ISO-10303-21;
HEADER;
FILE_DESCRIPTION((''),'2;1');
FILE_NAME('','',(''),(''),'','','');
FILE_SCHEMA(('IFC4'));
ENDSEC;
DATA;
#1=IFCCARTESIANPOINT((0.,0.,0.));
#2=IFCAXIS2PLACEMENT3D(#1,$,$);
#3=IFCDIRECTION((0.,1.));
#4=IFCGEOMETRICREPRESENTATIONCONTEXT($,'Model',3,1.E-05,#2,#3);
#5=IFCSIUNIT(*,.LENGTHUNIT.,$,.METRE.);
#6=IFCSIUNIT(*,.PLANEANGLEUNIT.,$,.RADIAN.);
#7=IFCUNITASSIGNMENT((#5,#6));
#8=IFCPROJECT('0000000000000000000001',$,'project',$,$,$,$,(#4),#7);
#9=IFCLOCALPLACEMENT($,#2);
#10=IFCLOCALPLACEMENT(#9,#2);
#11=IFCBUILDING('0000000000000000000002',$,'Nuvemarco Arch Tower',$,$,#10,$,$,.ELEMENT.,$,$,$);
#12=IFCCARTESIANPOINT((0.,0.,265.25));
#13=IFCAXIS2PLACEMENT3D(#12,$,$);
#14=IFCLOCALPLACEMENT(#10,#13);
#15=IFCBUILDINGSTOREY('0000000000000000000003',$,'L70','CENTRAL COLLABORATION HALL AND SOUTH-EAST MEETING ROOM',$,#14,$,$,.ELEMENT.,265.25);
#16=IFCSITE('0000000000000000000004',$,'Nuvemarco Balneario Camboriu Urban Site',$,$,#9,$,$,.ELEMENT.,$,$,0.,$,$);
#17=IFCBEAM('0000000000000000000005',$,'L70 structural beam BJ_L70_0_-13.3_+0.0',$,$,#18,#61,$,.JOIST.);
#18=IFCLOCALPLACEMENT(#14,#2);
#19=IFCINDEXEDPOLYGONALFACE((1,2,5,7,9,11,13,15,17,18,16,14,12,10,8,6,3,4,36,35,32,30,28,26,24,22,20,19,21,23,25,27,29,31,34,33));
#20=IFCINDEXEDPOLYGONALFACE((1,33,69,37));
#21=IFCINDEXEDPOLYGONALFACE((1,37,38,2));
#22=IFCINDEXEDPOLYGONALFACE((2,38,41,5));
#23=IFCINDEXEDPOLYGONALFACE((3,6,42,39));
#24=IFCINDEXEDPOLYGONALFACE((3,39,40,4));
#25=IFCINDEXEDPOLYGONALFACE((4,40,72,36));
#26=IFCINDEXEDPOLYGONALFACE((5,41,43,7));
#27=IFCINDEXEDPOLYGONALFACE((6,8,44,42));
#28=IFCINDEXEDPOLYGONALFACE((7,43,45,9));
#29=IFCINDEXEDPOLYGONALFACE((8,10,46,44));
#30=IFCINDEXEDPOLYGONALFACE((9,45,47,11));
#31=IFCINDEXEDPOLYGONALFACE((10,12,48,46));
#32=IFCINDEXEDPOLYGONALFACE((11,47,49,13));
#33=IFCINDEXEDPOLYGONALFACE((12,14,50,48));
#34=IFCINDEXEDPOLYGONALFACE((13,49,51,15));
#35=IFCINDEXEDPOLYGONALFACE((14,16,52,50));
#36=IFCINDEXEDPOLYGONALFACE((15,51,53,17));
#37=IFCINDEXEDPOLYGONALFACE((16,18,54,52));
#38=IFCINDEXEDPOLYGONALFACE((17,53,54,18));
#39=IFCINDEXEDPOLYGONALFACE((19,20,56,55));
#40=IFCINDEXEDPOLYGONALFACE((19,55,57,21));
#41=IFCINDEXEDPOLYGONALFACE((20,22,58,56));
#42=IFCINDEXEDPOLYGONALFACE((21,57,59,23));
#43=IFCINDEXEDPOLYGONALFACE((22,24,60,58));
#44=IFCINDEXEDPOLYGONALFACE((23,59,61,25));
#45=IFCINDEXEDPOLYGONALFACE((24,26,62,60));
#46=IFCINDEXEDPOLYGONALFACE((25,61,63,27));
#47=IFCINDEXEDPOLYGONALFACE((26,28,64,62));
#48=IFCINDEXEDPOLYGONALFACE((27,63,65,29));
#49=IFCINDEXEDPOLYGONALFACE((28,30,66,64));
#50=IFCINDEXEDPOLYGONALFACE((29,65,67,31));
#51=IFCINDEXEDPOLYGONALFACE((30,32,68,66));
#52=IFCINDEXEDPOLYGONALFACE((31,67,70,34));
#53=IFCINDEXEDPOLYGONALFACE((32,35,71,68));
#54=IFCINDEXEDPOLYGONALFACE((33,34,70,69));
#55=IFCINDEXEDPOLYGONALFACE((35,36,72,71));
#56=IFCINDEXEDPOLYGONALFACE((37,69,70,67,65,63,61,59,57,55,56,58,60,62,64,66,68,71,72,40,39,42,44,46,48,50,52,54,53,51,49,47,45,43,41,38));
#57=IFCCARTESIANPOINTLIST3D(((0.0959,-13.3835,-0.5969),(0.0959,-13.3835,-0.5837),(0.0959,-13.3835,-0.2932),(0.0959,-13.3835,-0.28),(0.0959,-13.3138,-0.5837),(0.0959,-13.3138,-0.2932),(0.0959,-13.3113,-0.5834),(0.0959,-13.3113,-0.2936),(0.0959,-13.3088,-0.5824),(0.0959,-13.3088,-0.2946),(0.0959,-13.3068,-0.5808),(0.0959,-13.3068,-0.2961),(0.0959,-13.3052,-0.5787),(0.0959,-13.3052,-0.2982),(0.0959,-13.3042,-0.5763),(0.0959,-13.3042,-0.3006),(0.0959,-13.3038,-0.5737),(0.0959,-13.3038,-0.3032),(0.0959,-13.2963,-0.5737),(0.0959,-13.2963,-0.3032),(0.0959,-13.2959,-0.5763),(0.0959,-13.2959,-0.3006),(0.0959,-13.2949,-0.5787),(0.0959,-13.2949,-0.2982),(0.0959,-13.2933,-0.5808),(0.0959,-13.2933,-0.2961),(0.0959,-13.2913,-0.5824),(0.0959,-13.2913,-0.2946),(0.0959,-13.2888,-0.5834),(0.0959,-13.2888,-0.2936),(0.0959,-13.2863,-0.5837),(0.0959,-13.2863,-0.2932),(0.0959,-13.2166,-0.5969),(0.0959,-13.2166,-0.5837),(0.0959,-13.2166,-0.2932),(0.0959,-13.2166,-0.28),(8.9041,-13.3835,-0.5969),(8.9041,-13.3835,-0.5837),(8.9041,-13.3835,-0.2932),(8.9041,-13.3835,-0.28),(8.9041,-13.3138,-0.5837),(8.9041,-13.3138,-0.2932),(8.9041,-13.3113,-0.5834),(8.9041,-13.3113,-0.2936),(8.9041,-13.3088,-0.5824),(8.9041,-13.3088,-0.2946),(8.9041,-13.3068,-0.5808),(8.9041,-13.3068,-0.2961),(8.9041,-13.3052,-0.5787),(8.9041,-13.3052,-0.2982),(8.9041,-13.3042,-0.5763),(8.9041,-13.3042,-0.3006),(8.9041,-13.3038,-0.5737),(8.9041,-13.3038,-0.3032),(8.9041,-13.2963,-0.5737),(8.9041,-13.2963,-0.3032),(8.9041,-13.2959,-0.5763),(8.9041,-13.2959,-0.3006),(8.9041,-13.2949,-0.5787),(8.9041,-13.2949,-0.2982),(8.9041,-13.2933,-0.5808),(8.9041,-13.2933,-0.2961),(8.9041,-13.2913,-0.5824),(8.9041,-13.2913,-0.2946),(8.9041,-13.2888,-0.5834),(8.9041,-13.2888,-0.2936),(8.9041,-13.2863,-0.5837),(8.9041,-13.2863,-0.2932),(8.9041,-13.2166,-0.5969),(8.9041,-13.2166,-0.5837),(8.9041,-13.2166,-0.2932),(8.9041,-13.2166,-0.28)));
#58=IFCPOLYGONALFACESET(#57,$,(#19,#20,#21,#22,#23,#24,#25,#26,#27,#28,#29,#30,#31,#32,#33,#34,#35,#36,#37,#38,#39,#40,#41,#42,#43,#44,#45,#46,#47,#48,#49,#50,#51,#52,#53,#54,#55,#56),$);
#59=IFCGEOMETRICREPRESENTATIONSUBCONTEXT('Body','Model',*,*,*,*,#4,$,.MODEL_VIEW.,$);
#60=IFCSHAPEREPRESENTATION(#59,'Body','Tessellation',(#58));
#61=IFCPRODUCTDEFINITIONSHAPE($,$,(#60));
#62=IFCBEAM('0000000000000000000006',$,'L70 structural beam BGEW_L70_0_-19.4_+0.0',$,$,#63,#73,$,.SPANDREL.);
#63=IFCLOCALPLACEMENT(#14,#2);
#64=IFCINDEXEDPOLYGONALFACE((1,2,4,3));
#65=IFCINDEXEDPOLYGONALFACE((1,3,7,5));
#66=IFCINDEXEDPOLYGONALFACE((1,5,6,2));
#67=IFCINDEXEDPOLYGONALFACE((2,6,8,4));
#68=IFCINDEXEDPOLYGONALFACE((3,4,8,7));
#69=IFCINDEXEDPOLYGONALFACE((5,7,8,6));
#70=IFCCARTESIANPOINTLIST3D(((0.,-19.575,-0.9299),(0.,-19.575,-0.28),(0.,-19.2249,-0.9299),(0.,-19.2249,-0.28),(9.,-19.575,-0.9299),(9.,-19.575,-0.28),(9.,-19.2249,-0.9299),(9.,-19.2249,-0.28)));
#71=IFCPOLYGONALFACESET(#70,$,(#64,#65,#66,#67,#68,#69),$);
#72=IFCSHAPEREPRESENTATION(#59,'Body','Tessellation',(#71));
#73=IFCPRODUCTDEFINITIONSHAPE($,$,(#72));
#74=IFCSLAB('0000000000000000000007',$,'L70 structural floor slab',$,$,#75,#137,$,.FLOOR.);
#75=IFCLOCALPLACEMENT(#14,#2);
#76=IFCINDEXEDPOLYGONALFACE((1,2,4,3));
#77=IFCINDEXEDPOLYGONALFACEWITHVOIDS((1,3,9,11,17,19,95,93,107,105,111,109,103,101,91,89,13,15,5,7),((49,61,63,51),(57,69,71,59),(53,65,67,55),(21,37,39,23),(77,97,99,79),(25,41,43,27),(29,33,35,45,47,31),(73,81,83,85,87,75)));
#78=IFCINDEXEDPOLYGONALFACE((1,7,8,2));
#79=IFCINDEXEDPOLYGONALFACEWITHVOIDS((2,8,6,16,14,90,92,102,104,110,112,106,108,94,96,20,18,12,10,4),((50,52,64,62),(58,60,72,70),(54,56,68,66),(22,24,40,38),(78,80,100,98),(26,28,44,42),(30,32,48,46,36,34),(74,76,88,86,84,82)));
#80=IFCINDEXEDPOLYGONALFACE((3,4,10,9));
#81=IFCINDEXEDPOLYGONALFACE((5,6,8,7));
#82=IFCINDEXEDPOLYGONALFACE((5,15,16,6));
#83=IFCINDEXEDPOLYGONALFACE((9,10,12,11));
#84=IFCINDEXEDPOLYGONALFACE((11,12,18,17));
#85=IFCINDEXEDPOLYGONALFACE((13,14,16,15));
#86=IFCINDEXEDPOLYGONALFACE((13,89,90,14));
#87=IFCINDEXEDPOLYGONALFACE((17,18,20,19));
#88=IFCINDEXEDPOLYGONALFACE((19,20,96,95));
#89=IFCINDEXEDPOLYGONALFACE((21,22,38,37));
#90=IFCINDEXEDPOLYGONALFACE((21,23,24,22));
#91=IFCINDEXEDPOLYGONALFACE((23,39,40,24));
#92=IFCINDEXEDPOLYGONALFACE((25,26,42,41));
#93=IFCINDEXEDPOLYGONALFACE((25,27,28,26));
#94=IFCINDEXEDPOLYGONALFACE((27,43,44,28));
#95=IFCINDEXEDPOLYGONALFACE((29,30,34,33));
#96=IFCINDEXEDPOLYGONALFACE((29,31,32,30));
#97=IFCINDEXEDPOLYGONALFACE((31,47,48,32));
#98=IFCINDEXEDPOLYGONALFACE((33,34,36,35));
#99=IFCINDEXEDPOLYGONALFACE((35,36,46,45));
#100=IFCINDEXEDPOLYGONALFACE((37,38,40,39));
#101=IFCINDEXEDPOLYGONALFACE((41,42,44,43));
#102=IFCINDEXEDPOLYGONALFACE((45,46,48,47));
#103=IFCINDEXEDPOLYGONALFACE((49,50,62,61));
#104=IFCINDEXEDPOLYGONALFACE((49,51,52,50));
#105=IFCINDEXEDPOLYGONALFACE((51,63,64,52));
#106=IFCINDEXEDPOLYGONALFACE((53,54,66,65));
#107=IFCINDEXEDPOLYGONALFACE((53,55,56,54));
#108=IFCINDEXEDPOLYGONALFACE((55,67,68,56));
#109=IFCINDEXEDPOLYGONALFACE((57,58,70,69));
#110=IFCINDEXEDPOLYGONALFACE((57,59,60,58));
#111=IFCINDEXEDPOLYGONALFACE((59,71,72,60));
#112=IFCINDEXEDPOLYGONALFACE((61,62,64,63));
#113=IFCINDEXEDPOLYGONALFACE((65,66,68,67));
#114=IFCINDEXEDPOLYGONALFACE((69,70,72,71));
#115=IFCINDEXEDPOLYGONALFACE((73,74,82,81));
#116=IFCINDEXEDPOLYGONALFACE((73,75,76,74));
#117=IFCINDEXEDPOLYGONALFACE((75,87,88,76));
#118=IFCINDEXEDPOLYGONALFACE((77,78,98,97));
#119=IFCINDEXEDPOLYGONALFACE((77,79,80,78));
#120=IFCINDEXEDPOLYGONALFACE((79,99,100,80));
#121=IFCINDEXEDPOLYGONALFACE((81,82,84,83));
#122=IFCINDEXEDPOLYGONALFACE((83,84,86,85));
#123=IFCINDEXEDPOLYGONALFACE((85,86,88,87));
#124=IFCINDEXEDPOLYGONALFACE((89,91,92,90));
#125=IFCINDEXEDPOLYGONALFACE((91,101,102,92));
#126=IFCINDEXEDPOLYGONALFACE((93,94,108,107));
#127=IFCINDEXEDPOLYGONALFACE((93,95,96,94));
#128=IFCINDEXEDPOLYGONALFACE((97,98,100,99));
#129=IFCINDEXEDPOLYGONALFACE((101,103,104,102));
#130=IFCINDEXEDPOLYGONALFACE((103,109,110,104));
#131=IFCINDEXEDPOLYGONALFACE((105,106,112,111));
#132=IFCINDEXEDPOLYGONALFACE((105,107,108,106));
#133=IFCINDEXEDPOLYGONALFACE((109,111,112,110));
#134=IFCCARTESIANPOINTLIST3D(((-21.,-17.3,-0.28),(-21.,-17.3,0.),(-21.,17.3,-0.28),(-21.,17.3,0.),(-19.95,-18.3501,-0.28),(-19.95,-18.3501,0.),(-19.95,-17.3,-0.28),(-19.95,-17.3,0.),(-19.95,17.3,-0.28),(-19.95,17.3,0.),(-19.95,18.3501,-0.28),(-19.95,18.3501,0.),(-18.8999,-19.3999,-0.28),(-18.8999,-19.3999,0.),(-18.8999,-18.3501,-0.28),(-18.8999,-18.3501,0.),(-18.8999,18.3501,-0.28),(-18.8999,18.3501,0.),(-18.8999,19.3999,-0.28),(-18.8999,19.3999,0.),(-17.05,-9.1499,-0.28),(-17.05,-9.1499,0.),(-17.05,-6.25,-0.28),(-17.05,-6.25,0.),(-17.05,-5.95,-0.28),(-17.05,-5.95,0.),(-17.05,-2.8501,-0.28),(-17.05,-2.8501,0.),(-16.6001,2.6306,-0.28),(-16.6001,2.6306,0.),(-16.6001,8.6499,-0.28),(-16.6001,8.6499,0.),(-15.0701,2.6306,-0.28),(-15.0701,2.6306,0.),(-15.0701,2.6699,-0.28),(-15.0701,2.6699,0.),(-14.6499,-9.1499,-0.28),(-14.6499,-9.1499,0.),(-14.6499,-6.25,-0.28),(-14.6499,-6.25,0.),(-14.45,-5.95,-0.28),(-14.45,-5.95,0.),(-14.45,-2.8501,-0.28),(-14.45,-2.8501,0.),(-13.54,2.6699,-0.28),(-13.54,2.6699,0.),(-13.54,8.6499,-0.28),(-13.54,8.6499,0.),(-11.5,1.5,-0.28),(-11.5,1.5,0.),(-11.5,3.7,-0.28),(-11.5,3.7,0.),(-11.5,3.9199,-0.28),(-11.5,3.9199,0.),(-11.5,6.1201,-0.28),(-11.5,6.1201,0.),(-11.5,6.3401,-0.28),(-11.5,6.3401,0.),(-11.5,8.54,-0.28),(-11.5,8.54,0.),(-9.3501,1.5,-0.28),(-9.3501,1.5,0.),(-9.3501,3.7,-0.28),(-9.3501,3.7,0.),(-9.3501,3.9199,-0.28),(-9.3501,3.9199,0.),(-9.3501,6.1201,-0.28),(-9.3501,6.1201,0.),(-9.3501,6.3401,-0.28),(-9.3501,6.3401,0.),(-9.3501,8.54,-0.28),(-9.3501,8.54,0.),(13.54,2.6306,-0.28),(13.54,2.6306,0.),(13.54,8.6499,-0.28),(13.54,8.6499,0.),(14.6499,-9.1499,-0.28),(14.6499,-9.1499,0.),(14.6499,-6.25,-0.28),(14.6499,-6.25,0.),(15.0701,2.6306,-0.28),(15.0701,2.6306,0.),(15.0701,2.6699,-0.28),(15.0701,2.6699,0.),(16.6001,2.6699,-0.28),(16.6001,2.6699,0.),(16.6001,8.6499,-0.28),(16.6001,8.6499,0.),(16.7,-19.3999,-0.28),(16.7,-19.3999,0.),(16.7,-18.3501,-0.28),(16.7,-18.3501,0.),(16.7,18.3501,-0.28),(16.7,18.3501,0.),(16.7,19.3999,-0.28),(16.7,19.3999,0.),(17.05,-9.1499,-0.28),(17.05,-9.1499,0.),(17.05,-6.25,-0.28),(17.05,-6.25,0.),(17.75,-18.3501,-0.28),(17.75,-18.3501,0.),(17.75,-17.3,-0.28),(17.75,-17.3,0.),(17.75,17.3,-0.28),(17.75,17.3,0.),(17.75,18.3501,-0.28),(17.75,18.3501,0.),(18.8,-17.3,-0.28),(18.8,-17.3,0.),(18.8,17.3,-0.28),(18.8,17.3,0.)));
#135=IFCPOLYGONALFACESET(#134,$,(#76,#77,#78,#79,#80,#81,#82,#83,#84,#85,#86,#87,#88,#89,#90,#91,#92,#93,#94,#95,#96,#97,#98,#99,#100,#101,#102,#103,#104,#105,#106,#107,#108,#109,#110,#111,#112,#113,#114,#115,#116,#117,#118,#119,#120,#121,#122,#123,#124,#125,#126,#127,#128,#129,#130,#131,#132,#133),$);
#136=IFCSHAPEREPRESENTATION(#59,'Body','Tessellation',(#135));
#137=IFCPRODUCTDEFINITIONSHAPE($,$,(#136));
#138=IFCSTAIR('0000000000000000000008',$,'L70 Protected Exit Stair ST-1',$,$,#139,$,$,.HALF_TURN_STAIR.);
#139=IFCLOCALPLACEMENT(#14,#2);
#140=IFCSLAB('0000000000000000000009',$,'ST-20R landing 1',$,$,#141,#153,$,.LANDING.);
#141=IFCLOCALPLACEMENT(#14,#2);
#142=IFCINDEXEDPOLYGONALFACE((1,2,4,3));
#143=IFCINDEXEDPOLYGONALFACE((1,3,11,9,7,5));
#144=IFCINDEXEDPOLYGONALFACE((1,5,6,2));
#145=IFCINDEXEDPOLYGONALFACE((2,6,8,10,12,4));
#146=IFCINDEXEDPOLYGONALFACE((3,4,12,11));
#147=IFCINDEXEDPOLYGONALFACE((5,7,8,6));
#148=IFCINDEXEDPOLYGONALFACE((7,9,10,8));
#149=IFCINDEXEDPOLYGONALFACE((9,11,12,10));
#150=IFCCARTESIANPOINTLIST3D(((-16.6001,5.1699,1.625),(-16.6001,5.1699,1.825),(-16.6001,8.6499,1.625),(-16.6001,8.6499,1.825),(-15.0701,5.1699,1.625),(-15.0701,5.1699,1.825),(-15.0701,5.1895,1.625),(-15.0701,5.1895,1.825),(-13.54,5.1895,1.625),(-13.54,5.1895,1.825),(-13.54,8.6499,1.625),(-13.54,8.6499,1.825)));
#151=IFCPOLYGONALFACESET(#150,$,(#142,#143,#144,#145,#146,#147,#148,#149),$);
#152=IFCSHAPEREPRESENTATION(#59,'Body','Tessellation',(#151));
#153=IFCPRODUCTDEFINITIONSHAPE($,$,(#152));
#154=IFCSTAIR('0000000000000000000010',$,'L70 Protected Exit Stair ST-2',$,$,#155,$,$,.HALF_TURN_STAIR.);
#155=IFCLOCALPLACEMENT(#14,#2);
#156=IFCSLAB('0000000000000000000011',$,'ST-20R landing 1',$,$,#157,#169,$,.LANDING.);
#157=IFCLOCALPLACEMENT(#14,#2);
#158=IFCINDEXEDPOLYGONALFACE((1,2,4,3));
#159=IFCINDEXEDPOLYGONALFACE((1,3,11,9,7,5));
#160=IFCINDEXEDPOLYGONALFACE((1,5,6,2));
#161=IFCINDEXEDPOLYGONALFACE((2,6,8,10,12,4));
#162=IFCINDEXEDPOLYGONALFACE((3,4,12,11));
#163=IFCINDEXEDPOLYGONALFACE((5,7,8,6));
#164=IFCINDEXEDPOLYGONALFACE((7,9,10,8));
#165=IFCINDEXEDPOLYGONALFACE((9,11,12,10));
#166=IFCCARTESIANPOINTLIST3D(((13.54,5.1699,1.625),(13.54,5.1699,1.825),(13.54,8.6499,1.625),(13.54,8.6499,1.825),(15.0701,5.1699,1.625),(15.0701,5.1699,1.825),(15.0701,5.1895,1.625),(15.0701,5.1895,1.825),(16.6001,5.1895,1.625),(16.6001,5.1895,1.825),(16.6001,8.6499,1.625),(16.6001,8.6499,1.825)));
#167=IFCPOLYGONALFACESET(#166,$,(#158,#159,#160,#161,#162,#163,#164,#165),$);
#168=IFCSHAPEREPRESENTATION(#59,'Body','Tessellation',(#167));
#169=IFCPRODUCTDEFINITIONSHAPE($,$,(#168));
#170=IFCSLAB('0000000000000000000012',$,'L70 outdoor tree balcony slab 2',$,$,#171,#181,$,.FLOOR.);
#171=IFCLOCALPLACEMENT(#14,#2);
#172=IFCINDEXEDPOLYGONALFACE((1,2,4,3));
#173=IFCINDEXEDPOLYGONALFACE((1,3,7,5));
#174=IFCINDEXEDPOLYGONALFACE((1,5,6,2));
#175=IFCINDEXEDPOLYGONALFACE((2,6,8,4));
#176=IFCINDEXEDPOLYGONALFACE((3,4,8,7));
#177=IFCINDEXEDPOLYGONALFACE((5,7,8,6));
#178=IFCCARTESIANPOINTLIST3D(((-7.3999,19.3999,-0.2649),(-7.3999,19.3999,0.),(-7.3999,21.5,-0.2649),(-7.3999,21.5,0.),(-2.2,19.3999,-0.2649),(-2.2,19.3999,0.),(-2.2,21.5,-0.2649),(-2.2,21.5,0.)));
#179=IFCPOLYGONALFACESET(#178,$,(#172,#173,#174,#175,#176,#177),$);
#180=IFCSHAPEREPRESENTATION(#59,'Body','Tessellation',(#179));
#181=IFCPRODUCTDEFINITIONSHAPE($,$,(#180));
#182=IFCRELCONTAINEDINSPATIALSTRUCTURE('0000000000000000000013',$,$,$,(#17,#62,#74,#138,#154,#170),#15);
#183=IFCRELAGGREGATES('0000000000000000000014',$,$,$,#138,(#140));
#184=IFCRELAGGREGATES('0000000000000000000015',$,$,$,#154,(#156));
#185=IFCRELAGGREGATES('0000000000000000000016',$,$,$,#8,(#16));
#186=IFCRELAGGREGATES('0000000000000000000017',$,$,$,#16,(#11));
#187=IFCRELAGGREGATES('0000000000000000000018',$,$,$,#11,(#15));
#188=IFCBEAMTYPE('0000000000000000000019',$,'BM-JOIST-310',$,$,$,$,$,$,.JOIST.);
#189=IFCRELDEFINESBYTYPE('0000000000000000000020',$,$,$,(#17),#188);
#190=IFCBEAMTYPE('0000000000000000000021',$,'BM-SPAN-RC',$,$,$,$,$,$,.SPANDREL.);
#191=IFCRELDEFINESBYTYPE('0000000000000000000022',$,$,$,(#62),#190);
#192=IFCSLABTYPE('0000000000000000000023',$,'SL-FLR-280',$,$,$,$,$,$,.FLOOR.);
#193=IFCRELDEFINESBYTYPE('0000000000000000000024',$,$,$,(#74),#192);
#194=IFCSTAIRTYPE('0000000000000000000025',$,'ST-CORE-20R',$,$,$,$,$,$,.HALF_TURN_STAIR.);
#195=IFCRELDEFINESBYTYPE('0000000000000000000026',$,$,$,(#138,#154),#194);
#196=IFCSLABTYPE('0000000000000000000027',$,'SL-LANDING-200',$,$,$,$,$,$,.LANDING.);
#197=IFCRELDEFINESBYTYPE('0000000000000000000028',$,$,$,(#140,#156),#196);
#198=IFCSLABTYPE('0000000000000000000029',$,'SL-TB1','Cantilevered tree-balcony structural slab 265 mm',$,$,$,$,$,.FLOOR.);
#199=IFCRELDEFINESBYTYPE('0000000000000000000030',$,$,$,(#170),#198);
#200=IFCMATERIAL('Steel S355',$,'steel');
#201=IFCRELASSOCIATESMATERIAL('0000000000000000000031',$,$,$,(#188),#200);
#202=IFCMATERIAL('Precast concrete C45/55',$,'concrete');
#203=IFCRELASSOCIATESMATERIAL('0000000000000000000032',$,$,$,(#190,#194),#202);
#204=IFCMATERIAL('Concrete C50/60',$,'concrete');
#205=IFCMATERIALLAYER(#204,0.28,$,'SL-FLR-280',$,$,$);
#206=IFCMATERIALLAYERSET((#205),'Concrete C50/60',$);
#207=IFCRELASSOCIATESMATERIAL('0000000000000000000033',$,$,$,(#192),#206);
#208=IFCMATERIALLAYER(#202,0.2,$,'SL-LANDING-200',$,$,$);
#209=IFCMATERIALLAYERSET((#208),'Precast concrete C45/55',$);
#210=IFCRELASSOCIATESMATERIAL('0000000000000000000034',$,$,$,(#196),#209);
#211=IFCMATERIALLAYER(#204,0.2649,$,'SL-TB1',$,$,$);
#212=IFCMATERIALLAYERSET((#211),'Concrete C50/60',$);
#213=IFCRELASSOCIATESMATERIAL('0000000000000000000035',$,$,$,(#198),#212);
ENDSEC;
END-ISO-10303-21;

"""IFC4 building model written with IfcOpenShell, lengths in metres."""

from ifc_helpers import new_model, si_unit, direction, frame, origin, origin_2d, place, context, subcontext, project, spatial, polyline, rectangle, i_section, outline, extrude, material, layer, layer_set, material_profile, profile_set, type_object, element, aggregate, save


model = new_model("IFC4")

# Units and contexts
model_context = context("Model", 3, precision=1e-05, world=origin(), true_north=direction((0.0, 1.0)))
body_context = subcontext(model_context, "Body", "Model", "MODEL_VIEW")
ifc_project = project(units=[si_unit("LENGTHUNIT", "METRE"), si_unit("PLANEANGLEUNIT", "RADIAN")], contexts=[model_context])

# Site, building, storey
site_placement = place(None, origin())
site = spatial("IfcSite", under=ifc_project, at=site_placement, Name="Nuvemarco Balneario Camboriu Urban Site", CompositionType="ELEMENT", RefElevation=0.0)
building_placement = place(site_placement, origin())
building = spatial("IfcBuilding", under=site, at=building_placement, Name="Nuvemarco Arch Tower", CompositionType="ELEMENT")
storey_placement = place(building_placement, frame((0.0, 0.0, 265.25)))
storey = spatial("IfcBuildingStorey", under=building, at=storey_placement, Name="L70", Description="CENTRAL COLLABORATION HALL AND SOUTH-EAST MEETING ROOM", CompositionType="ELEMENT", Elevation=265.25)

# Shared definitions
ifc_material_1 = material(Name="Steel S355", Category="steel")

# Beams
ifc_material_profile_1 = material_profile(ifc_material_1, i_section(OverallWidth=0.167, OverallDepth=0.3169, WebThickness=0.0076, FlangeThickness=0.0132, FilletRadius=0.01, at=origin_2d()), Name="W310x52")
ifc_profile_set_1 = profile_set([ifc_material_profile_1], Name="Steel S355")
beam_type_1 = type_object("IfcBeamType", Name="BM-JOIST-310", PredefinedType="JOIST", material=ifc_profile_set_1)
beam_1_placement = place(storey_placement, frame((0.0959, -13.3, -0.4385), z_axis=(1.0, 0.0, 0.0), x_axis=(0.0, 1.0, 0.0)))
element("IfcBeam", 1, at=beam_1_placement, inside=storey, type_object=beam_type_1, Name="L70 structural beam BJ_L70_0_-13.3_+0.0", PredefinedType="JOIST", context=body_context, shape_type="SweptSolid", body=[
    extrude(i_section(OverallWidth=0.167, OverallDepth=0.3169, WebThickness=0.0076, FlangeThickness=0.0132, FilletRadius=0.01, at=origin_2d()), origin(), (0.0, 0.0, 1.0), 8.8081),
])
ifc_material_2 = material(Name="Precast concrete C45/55", Category="concrete")
ifc_material_profile_2 = material_profile(ifc_material_2, rectangle(XDim=0.3501, YDim=0.6499, at=origin_2d()), Name="PC-SP-350x650")
ifc_profile_set_2 = profile_set([ifc_material_profile_2], Name="Precast concrete C45/55")
beam_type_2 = type_object("IfcBeamType", Name="BM-SPAN-RC", PredefinedType="SPANDREL", material=ifc_profile_set_2)
beam_2_placement = place(storey_placement, frame((0.0, -19.3999, -0.605), z_axis=(1.0, 0.0, 0.0), x_axis=(0.0, 1.0, 0.0)))
element("IfcBeam", 2, at=beam_2_placement, inside=storey, type_object=beam_type_2, Name="L70 structural beam BGEW_L70_0_-19.4_+0.0", PredefinedType="SPANDREL", context=body_context, shape_type="SweptSolid", body=[
    extrude(rectangle(XDim=0.3501, YDim=0.6499, at=origin_2d()), origin(), (0.0, 0.0, 1.0), 9.0),
])

# Slab
ifc_material_3 = material(Name="Concrete C50/60", Category="concrete")
ifc_layer_1 = layer(ifc_material_3, 0.28, Name="SL-FLR-280")
ifc_layer_set_1 = layer_set([ifc_layer_1], Name="Concrete C50/60")
slab_type_1 = type_object("IfcSlabType", Name="SL-FLR-280", PredefinedType="FLOOR", material=ifc_layer_set_1)
slab_1_placement = place(storey_placement, frame((0.0, 0.0, -0.28)))
element("IfcSlab", 3, at=slab_1_placement, inside=storey, type_object=slab_type_1, Name="L70 structural floor slab", PredefinedType="FLOOR", context=body_context, shape_type="SweptSolid", body=[
    extrude(outline(polyline([(-18.8999, -19.3999), (16.7, -19.3999), (16.7, -18.3501), (17.75, -18.3501), (17.75, -17.3), (18.8, -17.3), (18.8, 17.3), (17.75, 17.3), (17.75, 18.3501), (16.7, 18.3501), (16.7, 19.3999), (-18.8999, 19.3999), (-18.8999, 18.3501), (-19.95, 18.3501), (-19.95, 17.3), (-21.0, 17.3), (-21.0, -17.3), (-19.95, -17.3), (-19.95, -18.3501), (-18.8999, -18.3501), (-18.8999, -19.3999)]), holes=[polyline([(-13.54, 2.6699), (-13.54, 8.6499), (-16.6001, 8.6499), (-16.6001, 2.6306), (-15.0701, 2.6306), (-15.0701, 2.6699), (-13.54, 2.6699)]), polyline([(16.6001, 2.6699), (16.6001, 8.6499), (13.54, 8.6499), (13.54, 2.6306), (15.0701, 2.6306), (15.0701, 2.6699), (16.6001, 2.6699)]), polyline([(-17.05, -9.1499), (-14.6499, -9.1499), (-14.6499, -6.25), (-17.05, -6.25), (-17.05, -9.1499)]), polyline([(-17.05, -5.95), (-14.45, -5.95), (-14.45, -2.8501), (-17.05, -2.8501), (-17.05, -5.95)]), polyline([(-11.5, 1.5), (-9.3501, 1.5), (-9.3501, 3.7), (-11.5, 3.7), (-11.5, 1.5)]), polyline([(-11.5, 3.9199), (-9.3501, 3.9199), (-9.3501, 6.1201), (-11.5, 6.1201), (-11.5, 3.9199)]), polyline([(-11.5, 6.3401), (-9.3501, 6.3401), (-9.3501, 8.54), (-11.5, 8.54), (-11.5, 6.3401)]), polyline([(14.6499, -9.1499), (17.05, -9.1499), (17.05, -6.25), (14.6499, -6.25), (14.6499, -9.1499)])]), origin(), (0.0, 0.0, 1.0), 0.28),
])

# Stairs, slabs
stair_type = type_object("IfcStairType", Name="ST-CORE-20R", PredefinedType="HALF_TURN_STAIR", material=ifc_material_2)
stair_1_placement = place(storey_placement, origin())
stair_1 = element("IfcStair", 4, at=stair_1_placement, inside=storey, type_object=stair_type, Name="L70 Protected Exit Stair ST-1", PredefinedType="HALF_TURN_STAIR")
ifc_layer_2 = layer(ifc_material_2, 0.2, Name="SL-LANDING-200")
ifc_layer_set_2 = layer_set([ifc_layer_2], Name="Precast concrete C45/55")
slab_type_2 = type_object("IfcSlabType", Name="SL-LANDING-200", PredefinedType="LANDING", material=ifc_layer_set_2)
slab_2_placement = place(storey_placement, frame((0.0, 0.0, 1.625)))
slab_2 = element("IfcSlab", 5, at=slab_2_placement, type_object=slab_type_2, Name="ST-20R landing 1", PredefinedType="LANDING", context=body_context, shape_type="SweptSolid", body=[
    extrude(outline(polyline([(-13.54, 5.1895), (-13.54, 8.6499), (-16.6001, 8.6499), (-16.6001, 5.1699), (-15.0701, 5.1699), (-15.0701, 5.1895), (-13.54, 5.1895)])), origin(), (0.0, 0.0, 1.0), 0.2),
])
aggregate(stair_1, [slab_2])
stair_2_placement = place(storey_placement, origin())
stair_2 = element("IfcStair", 6, at=stair_2_placement, inside=storey, type_object=stair_type, Name="L70 Protected Exit Stair ST-2", PredefinedType="HALF_TURN_STAIR")
slab_3_placement = place(storey_placement, frame((0.0, 0.0, 1.625)))
slab_3 = element("IfcSlab", 7, at=slab_3_placement, type_object=slab_type_2, Name="ST-20R landing 1", PredefinedType="LANDING", context=body_context, shape_type="SweptSolid", body=[
    extrude(outline(polyline([(16.6001, 5.1895), (16.6001, 8.6499), (13.54, 8.6499), (13.54, 5.1699), (15.0701, 5.1699), (15.0701, 5.1895), (16.6001, 5.1895)])), origin(), (0.0, 0.0, 1.0), 0.2),
])
aggregate(stair_2, [slab_3])

# Slab
ifc_layer_3 = layer(ifc_material_3, 0.2649, Name="SL-TB1")
ifc_layer_set_3 = layer_set([ifc_layer_3], Name="Concrete C50/60")
slab_type_3 = type_object("IfcSlabType", Name="SL-TB1", Description="Cantilevered tree-balcony structural slab 265 mm", PredefinedType="FLOOR", material=ifc_layer_set_3)
slab_4_placement = place(storey_placement, frame((0.0, 0.0, -0.2649)))
element("IfcSlab", 8, at=slab_4_placement, inside=storey, type_object=slab_type_3, Name="L70 outdoor tree balcony slab 2", PredefinedType="FLOOR", context=body_context, shape_type="SweptSolid", body=[
    extrude(outline(polyline([(-7.3999, 19.3999), (-2.2, 19.3999), (-2.2, 21.5), (-7.3999, 21.5), (-7.3999, 19.3999)])), origin(), (0.0, 0.0, 1.0), 0.2649),
])

save(model, "model.ifc")
